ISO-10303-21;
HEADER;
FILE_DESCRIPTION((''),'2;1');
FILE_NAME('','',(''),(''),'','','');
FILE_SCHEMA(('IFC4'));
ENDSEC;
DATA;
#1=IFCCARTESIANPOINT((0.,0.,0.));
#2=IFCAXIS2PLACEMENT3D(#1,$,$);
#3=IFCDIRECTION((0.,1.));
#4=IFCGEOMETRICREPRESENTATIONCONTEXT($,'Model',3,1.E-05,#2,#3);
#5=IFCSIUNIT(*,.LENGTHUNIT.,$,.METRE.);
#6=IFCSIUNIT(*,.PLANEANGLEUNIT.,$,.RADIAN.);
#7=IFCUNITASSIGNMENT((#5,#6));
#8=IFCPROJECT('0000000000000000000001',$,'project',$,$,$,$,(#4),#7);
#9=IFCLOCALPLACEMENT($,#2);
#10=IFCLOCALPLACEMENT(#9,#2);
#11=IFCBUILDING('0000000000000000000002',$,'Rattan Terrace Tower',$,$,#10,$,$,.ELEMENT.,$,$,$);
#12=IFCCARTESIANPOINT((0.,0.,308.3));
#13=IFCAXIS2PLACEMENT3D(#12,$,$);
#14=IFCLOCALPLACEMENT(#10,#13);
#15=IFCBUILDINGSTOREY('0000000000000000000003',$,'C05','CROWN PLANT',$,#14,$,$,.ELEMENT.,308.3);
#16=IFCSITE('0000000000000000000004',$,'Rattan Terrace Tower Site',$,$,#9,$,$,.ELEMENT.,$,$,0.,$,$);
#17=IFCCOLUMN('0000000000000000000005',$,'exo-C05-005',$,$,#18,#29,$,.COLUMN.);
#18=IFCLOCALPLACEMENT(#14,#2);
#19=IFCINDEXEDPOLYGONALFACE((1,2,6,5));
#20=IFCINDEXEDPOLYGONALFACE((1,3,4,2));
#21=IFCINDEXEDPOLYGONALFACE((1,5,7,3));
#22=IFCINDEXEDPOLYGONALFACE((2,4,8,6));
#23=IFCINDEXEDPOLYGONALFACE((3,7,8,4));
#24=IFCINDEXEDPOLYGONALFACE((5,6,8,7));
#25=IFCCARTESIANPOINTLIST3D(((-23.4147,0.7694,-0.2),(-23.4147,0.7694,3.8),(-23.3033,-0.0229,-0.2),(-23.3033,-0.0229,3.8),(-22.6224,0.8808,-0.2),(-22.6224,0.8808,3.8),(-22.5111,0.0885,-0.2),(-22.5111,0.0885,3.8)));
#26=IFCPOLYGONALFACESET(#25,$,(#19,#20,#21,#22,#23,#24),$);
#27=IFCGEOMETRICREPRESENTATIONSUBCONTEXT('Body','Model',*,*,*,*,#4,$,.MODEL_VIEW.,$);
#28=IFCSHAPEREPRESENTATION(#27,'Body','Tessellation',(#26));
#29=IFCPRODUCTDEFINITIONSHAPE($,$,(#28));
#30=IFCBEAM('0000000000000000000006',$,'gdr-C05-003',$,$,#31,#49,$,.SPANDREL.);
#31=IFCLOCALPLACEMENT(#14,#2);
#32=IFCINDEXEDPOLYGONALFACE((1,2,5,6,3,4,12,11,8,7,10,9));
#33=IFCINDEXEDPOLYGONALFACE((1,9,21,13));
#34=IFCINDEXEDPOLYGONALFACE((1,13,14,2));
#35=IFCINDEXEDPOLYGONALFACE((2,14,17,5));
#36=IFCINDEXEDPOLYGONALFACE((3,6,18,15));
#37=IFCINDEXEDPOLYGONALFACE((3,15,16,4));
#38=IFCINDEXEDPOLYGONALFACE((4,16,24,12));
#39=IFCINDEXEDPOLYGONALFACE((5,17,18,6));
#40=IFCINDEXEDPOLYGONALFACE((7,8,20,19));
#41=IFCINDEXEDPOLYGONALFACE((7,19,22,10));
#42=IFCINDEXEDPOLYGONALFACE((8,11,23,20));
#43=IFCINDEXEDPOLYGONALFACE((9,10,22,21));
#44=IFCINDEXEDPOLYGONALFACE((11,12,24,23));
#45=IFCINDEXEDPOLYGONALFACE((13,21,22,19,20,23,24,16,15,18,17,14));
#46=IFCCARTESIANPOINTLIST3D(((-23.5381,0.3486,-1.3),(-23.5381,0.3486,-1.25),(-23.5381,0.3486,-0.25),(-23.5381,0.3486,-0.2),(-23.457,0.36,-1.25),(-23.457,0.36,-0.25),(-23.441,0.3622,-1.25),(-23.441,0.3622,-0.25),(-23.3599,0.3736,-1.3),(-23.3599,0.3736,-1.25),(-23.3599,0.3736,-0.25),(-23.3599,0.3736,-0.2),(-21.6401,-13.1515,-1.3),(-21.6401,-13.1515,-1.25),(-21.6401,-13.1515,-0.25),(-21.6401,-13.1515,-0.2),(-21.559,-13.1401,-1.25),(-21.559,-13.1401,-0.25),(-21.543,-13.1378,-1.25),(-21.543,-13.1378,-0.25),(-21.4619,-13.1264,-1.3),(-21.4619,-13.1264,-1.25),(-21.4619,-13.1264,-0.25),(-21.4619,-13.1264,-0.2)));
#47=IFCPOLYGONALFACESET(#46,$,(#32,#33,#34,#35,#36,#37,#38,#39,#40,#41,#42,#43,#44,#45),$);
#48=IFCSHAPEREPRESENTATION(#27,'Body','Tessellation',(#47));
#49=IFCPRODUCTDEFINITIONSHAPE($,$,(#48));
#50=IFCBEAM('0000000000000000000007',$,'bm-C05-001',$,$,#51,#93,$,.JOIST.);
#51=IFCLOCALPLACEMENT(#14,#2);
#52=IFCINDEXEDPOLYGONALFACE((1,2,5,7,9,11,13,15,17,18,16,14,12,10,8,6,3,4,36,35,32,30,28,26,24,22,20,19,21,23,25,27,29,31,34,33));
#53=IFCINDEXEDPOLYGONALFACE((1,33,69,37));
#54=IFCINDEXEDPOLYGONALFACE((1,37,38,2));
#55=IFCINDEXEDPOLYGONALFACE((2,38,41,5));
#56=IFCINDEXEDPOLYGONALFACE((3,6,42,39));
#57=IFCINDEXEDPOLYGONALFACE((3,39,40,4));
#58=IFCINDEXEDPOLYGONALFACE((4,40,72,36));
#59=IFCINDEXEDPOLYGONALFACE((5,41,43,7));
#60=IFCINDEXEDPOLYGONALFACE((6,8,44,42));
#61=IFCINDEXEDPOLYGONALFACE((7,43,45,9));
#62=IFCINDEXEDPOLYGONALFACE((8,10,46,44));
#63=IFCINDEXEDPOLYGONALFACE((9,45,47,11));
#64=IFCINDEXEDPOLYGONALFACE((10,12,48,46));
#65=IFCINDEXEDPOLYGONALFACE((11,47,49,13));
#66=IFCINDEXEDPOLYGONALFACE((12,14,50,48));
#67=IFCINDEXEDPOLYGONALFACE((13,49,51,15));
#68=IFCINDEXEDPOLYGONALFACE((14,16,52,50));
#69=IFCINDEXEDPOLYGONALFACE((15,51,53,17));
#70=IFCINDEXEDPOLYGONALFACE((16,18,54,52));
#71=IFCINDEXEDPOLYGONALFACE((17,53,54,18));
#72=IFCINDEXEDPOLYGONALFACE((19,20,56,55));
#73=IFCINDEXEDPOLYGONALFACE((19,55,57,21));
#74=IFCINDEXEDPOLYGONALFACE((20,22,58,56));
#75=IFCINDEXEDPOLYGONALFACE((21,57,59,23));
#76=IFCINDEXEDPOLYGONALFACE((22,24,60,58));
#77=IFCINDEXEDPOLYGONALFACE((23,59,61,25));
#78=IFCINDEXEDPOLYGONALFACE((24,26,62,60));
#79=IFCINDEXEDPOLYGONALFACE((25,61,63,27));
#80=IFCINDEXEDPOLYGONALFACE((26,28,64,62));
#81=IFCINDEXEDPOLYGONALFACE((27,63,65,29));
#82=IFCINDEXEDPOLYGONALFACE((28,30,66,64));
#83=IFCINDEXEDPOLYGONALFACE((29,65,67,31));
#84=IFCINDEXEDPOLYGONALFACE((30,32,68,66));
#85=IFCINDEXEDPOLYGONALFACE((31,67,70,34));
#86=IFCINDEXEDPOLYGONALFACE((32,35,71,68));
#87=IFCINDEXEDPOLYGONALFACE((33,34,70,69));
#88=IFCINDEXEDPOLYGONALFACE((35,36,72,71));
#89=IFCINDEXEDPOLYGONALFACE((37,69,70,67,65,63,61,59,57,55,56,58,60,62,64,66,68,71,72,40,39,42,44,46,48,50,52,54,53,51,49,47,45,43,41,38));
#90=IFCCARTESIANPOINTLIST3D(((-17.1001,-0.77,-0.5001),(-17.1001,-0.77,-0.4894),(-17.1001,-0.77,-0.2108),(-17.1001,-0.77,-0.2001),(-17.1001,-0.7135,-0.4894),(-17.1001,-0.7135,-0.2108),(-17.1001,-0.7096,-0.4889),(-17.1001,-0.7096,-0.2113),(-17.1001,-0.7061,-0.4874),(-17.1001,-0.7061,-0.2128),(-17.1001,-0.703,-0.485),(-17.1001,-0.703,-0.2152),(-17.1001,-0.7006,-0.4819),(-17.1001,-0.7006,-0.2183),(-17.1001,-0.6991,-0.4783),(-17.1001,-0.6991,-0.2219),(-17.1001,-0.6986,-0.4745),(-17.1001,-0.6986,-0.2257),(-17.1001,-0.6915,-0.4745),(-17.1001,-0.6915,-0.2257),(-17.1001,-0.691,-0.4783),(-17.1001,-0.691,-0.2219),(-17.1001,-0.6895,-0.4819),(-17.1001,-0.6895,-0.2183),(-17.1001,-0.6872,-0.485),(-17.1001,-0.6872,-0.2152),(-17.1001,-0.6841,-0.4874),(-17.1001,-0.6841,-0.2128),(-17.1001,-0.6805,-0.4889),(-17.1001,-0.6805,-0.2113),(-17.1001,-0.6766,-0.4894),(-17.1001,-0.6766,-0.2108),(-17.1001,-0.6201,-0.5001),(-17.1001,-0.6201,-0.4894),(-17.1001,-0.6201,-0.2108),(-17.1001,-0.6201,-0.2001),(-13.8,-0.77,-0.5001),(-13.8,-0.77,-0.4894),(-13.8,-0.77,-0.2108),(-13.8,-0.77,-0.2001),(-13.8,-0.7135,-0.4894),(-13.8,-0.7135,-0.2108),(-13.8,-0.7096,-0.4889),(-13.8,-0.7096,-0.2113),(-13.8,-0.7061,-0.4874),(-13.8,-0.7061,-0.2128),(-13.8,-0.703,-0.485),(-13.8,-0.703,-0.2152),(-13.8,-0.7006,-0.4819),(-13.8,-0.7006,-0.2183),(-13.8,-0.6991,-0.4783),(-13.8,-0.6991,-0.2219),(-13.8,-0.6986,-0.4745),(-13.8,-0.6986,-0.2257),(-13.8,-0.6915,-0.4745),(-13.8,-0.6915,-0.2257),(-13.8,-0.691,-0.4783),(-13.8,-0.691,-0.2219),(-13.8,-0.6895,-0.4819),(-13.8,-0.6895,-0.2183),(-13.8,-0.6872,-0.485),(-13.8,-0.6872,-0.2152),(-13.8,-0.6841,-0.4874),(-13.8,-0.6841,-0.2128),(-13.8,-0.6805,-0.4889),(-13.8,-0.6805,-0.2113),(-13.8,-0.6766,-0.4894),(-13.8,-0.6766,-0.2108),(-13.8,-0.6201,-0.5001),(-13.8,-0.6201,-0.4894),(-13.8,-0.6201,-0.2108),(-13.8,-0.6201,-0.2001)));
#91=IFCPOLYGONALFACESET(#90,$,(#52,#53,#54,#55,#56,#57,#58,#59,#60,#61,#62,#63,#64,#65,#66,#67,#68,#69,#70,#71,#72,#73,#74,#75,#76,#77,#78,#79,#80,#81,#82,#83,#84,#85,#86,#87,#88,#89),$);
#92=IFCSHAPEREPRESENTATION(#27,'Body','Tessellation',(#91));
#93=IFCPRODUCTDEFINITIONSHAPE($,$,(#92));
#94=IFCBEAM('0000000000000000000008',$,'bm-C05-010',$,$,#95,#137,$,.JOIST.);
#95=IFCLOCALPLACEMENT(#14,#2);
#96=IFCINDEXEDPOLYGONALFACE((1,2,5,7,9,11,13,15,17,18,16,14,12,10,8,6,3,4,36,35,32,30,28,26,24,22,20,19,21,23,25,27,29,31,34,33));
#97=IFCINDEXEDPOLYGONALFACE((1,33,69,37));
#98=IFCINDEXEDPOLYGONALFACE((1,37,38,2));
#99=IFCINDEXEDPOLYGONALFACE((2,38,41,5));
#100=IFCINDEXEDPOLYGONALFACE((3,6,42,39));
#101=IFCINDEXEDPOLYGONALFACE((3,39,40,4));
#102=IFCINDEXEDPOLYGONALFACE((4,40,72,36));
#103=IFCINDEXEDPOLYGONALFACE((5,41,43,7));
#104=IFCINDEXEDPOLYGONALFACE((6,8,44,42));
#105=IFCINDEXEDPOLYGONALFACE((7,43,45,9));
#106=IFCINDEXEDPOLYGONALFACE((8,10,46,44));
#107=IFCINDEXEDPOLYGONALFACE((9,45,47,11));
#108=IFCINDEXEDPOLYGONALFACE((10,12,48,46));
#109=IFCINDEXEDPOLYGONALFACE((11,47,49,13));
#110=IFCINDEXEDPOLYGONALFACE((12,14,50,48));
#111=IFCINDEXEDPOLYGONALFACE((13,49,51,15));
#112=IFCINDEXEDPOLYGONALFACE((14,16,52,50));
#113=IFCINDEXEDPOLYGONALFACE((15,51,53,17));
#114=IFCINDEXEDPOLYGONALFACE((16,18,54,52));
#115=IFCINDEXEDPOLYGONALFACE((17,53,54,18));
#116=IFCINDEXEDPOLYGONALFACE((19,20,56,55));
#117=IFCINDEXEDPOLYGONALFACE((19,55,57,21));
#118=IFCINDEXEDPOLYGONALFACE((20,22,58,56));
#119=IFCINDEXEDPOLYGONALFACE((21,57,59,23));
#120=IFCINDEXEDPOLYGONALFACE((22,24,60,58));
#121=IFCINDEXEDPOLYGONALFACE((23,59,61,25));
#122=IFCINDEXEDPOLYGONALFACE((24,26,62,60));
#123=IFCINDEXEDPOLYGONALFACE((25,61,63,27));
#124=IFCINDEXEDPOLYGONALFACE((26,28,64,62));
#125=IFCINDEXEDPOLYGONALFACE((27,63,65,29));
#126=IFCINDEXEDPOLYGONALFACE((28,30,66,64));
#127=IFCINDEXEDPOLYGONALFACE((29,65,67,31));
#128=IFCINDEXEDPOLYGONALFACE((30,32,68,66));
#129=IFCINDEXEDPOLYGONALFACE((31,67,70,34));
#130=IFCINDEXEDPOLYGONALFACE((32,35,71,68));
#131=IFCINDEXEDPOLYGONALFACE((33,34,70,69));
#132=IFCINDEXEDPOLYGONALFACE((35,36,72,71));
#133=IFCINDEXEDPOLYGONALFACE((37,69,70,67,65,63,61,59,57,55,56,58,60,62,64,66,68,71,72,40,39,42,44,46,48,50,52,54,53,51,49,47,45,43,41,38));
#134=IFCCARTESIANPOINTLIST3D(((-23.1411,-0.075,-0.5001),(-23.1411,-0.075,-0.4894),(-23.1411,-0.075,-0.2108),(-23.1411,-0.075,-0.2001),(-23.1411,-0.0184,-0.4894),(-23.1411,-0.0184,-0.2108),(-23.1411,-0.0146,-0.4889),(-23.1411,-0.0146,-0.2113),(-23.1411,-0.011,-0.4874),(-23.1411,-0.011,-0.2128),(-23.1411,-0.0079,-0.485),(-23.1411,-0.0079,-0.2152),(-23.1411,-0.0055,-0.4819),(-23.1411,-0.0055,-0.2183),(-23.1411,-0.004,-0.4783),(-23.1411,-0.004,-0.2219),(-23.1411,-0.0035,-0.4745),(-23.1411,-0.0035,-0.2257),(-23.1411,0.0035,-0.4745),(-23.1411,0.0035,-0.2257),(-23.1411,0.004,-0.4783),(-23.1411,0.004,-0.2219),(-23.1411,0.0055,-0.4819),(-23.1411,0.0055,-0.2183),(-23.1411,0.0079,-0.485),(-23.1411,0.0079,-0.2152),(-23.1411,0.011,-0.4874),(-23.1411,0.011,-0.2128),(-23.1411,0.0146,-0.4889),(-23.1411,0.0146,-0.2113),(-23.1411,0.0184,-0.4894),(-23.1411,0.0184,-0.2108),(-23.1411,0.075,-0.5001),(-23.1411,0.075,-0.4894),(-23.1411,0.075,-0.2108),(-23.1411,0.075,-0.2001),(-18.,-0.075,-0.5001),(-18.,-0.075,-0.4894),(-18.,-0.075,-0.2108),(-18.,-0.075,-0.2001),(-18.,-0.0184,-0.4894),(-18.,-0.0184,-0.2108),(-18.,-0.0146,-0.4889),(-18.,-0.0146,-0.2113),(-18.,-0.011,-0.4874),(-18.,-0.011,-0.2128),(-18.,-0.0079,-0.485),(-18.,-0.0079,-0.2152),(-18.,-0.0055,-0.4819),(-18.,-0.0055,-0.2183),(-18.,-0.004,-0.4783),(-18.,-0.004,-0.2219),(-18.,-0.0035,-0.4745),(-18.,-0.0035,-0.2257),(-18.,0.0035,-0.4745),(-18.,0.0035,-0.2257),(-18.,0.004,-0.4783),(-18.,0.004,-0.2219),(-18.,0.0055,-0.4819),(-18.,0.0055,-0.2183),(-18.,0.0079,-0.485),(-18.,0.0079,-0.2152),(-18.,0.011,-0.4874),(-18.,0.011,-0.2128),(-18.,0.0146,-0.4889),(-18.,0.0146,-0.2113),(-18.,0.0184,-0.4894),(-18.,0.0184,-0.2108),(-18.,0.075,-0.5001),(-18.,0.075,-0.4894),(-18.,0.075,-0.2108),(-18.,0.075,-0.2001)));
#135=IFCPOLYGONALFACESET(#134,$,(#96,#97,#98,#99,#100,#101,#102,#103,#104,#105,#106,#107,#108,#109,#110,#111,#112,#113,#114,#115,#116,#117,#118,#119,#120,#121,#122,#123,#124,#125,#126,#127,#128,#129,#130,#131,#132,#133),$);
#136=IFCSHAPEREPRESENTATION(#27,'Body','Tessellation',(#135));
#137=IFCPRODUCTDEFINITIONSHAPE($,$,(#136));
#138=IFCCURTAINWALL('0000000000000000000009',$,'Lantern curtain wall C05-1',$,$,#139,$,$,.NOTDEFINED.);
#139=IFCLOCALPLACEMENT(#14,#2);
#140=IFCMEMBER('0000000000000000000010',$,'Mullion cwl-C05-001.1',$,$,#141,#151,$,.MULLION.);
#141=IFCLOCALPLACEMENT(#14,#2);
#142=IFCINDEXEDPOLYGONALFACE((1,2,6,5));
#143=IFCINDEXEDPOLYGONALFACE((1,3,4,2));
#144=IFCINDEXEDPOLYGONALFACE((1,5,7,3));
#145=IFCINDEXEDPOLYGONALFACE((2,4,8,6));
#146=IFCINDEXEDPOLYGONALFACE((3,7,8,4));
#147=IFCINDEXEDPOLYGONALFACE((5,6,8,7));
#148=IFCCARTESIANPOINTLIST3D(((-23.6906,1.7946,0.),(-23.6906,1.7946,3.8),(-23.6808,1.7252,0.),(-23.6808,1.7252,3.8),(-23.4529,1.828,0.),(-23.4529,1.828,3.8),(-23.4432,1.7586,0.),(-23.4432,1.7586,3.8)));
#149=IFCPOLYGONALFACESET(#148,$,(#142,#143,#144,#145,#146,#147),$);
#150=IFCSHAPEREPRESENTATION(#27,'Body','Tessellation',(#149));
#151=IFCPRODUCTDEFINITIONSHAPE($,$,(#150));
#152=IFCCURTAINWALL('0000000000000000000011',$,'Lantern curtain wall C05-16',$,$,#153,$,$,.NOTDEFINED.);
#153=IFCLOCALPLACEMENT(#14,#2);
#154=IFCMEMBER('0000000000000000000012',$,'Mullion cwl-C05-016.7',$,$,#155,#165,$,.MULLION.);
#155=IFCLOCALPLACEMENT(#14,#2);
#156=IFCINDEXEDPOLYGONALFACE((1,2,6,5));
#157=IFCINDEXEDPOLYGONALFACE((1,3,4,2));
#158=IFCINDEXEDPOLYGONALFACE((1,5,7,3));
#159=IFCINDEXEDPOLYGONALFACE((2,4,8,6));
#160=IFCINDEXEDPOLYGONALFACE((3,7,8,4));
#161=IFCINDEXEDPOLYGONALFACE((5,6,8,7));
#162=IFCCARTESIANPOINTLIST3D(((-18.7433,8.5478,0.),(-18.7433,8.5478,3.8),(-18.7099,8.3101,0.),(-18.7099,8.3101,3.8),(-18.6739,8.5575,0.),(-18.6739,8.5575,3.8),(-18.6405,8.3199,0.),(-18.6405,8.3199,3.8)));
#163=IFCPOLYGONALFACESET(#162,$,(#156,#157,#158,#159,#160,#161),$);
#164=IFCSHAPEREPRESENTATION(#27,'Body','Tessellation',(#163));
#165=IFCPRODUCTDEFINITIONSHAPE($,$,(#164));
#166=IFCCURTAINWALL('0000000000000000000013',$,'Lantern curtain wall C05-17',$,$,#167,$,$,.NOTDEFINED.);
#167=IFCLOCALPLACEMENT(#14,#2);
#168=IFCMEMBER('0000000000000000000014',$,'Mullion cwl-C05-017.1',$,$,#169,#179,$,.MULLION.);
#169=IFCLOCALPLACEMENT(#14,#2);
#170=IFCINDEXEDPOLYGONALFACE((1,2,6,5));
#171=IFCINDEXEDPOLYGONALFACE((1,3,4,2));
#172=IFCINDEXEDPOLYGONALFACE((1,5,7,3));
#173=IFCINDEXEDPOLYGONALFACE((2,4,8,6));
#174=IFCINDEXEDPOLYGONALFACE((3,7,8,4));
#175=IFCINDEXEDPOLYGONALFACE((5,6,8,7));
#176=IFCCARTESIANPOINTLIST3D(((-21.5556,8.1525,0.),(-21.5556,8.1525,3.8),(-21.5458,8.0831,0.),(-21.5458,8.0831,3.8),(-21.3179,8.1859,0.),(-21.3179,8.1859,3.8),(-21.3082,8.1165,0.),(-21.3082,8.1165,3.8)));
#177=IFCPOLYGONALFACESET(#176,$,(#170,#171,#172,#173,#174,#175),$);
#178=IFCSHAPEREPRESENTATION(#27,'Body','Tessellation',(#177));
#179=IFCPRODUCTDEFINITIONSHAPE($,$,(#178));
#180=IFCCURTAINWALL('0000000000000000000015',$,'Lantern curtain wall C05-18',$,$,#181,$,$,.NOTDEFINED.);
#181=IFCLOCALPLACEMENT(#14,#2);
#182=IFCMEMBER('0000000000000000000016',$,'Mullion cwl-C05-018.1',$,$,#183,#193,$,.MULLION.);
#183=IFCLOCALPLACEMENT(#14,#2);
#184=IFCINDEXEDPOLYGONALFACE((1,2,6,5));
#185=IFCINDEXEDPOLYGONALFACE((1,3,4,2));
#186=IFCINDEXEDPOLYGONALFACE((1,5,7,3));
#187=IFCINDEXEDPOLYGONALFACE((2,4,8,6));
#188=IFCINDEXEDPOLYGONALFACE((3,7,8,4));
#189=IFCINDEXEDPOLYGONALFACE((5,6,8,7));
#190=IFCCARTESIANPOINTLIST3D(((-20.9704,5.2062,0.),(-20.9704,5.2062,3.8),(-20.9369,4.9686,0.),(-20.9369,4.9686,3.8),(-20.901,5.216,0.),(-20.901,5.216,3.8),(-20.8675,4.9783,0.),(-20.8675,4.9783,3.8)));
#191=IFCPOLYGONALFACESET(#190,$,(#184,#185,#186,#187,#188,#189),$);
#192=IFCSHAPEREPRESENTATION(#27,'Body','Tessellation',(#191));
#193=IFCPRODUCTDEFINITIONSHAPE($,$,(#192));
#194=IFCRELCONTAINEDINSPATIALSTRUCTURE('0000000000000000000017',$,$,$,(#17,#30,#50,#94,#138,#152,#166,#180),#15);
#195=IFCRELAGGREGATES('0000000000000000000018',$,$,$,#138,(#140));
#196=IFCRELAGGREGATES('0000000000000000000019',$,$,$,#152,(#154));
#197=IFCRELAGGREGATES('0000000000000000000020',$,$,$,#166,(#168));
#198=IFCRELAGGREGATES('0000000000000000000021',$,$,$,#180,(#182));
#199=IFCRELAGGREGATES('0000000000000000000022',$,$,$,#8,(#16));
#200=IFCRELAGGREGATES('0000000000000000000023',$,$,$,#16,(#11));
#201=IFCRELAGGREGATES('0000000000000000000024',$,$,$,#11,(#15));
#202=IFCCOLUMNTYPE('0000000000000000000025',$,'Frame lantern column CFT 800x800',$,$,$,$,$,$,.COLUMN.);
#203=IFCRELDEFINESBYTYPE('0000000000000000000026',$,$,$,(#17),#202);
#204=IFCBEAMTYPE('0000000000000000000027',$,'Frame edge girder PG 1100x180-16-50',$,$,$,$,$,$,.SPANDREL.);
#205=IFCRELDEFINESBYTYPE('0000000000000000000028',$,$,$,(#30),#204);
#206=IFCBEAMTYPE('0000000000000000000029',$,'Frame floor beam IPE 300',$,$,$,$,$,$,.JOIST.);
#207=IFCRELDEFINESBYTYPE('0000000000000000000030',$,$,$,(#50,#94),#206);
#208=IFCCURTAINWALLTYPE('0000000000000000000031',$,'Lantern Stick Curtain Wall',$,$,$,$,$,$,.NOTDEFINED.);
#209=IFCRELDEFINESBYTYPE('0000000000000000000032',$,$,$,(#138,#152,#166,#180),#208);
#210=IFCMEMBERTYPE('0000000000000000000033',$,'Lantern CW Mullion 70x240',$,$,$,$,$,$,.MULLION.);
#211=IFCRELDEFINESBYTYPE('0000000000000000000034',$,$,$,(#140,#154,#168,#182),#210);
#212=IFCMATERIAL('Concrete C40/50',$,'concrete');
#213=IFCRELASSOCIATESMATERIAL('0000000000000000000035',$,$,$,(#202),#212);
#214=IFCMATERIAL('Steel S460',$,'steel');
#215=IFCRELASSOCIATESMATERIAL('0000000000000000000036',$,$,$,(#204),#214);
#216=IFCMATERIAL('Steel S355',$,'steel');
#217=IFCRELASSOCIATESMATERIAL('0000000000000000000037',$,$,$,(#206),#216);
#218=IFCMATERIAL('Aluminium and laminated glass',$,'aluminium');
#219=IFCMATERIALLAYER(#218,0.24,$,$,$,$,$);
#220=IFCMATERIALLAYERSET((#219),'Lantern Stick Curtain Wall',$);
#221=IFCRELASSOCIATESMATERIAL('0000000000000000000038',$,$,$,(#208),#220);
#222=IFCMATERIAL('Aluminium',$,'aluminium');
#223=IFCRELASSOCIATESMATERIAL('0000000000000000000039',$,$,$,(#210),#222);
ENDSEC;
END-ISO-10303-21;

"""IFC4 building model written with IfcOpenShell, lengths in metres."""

from ifc_helpers import new_model, si_unit, direction, frame, origin, origin_2d, place, context, subcontext, project, spatial, rectangle, i_section, extrude, material, layer, layer_set, material_profile, profile_set, type_object, element, aggregate, save


model = new_model("IFC4")

# Units and contexts
model_context = context("Model", 3, precision=1e-05, world=origin(), true_north=direction((0.0, 1.0)))
body_context = subcontext(model_context, "Body", "Model", "MODEL_VIEW")
ifc_project = project(units=[si_unit("LENGTHUNIT", "METRE"), si_unit("PLANEANGLEUNIT", "RADIAN")], contexts=[model_context])

# Site, building, storey
site_placement = place(None, origin())
site = spatial("IfcSite", under=ifc_project, at=site_placement, Name="Rattan Terrace Tower Site", CompositionType="ELEMENT", RefElevation=0.0)
building_placement = place(site_placement, origin())
building = spatial("IfcBuilding", under=site, at=building_placement, Name="Rattan Terrace Tower", CompositionType="ELEMENT")
storey_placement = place(building_placement, frame((0.0, 0.0, 308.3)))
storey = spatial("IfcBuildingStorey", under=building, at=storey_placement, Name="C05", Description="CROWN PLANT", CompositionType="ELEMENT", Elevation=308.3)

# Column
ifc_material_1 = material(Name="Concrete C40/50", Category="concrete")
ifc_material_profile_1 = material_profile(ifc_material_1, rectangle(XDim=0.8, YDim=0.8, at=origin_2d()), Name="CFT 800x800")
ifc_profile_set_1 = profile_set([ifc_material_profile_1], Name="Concrete C40/50")
column_type = type_object("IfcColumnType", Name="Frame lantern column CFT 800x800", PredefinedType="COLUMN", material=ifc_profile_set_1)
column_placement = place(storey_placement, frame((-22.9629, 0.429, -0.2), z_axis=(0.0, 0.0, 1.0), x_axis=(-0.13919, 0.990266, 0.0)))
element("IfcColumn", 1, at=column_placement, inside=storey, type_object=column_type, Name="exo-C05-005", PredefinedType="COLUMN", context=body_context, shape_type="SweptSolid", body=[
    extrude(rectangle(XDim=0.8, YDim=0.8, at=origin_2d()), origin(), (0.0, 0.0, 1.0), 4.0),
])

# Beams
ifc_material_2 = material(Name="Steel S460", Category="steel")
ifc_material_profile_2 = material_profile(ifc_material_2, i_section(OverallWidth=0.1799, OverallDepth=1.1001, WebThickness=0.0161, FlangeThickness=0.05, at=origin_2d()), Name="PG 1100x180-16-50")
ifc_profile_set_2 = profile_set([ifc_material_profile_2], Name="Steel S460")
beam_type_1 = type_object("IfcBeamType", Name="Frame edge girder PG 1100x180-16-50", PredefinedType="SPANDREL", material=ifc_profile_set_2)
beam_1_placement = place(storey_placement, frame((-23.449, 0.3611, -0.75), z_axis=(0.13922, -0.990262, 0.0), x_axis=(0.990262, 0.13922, 0.0)))
element("IfcBeam", 2, at=beam_1_placement, inside=storey, type_object=beam_type_1, Name="gdr-C05-003", PredefinedType="SPANDREL", context=body_context, shape_type="SweptSolid", body=[
    extrude(i_section(OverallWidth=0.1799, OverallDepth=1.1001, WebThickness=0.0161, FlangeThickness=0.05, at=origin_2d()), origin(), (0.0, 0.0, 1.0), 13.6328),
])
ifc_material_3 = material(Name="Steel S355", Category="steel")
ifc_material_profile_3 = material_profile(ifc_material_3, i_section(OverallWidth=0.1499, OverallDepth=0.3, WebThickness=0.0071, FlangeThickness=0.0107, FilletRadius=0.0149, at=origin_2d()), Name="IPE 300")
ifc_profile_set_3 = profile_set([ifc_material_profile_3], Name="Steel S355")
beam_type_2 = type_object("IfcBeamType", Name="Frame floor beam IPE 300", PredefinedType="JOIST", material=ifc_profile_set_3)
beam_2_placement = place(storey_placement, frame((-17.1001, -0.6951, -0.3501), z_axis=(1.0, 0.0, 0.0), x_axis=(0.0, 1.0, 0.0)))
element("IfcBeam", 3, at=beam_2_placement, inside=storey, type_object=beam_type_2, Name="bm-C05-001", PredefinedType="JOIST", context=body_context, shape_type="SweptSolid", body=[
    extrude(i_section(OverallWidth=0.1499, OverallDepth=0.3, WebThickness=0.0071, FlangeThickness=0.0107, FilletRadius=0.0149, at=origin_2d()), origin(), (0.0, 0.0, 1.0), 3.3),
])
beam_3_placement = place(storey_placement, frame((-23.1411, 0.0, -0.3501), z_axis=(1.0, 0.0, 0.0), x_axis=(0.0, 1.0, 0.0)))
element("IfcBeam", 4, at=beam_3_placement, inside=storey, type_object=beam_type_2, Name="bm-C05-010", PredefinedType="JOIST", context=body_context, shape_type="SweptSolid", body=[
    extrude(i_section(OverallWidth=0.1499, OverallDepth=0.3, WebThickness=0.0071, FlangeThickness=0.0107, FilletRadius=0.0149, at=origin_2d()), origin(), (0.0, 0.0, 1.0), 5.1411),
])

# Curtain walls, members
ifc_material_4 = material(Name="Aluminium and laminated glass", Category="aluminium")
ifc_layer_1 = layer(ifc_material_4, 0.24)
ifc_layer_set_1 = layer_set([ifc_layer_1], Name="Lantern Stick Curtain Wall")
curtain_wall_type = type_object("IfcCurtainWallType", Name="Lantern Stick Curtain Wall", PredefinedType="NOTDEFINED", material=ifc_layer_set_1)
curtain_wall_1_placement = place(storey_placement, origin())
curtain_wall_1 = element("IfcCurtainWall", 5, at=curtain_wall_1_placement, inside=storey, type_object=curtain_wall_type, Name="Lantern curtain wall C05-1", PredefinedType="NOTDEFINED")
ifc_material_5 = material(Name="Aluminium", Category="aluminium")
ifc_material_profile_4 = material_profile(ifc_material_5, rectangle(XDim=0.0701, YDim=0.24, at=origin_2d()), Name="Aluminium 70x240")
ifc_profile_set_4 = profile_set([ifc_material_profile_4], Name="Aluminium")
member_type_1 = type_object("IfcMemberType", Name="Lantern CW Mullion 70x240", PredefinedType="MULLION", material=ifc_profile_set_4)
member_1_placement = place(storey_placement, frame((-23.5669, 1.7766, 0.0), z_axis=(0.0, 0.0, 1.0), x_axis=(0.139188, -0.990266, 0.0)))
member_1 = element("IfcMember", 6, at=member_1_placement, type_object=member_type_1, Name="Mullion cwl-C05-001.1", PredefinedType="MULLION", context=body_context, shape_type="SweptSolid", body=[
    extrude(rectangle(XDim=0.0701, YDim=0.24, at=origin_2d()), origin(), (0.0, 0.0, 1.0), 3.8),
])
curtain_wall_2_placement = place(storey_placement, origin())
curtain_wall_2 = element("IfcCurtainWall", 7, at=curtain_wall_2_placement, inside=storey, type_object=curtain_wall_type, Name="Lantern curtain wall C05-16", PredefinedType="NOTDEFINED")
member_2_placement = place(storey_placement, frame((-18.6919, 8.4338, 0.0), z_axis=(0.0, 0.0, 1.0), x_axis=(-0.990267, -0.139181, 0.0)))
member_2 = element("IfcMember", 8, at=member_2_placement, type_object=member_type_1, Name="Mullion cwl-C05-016.7", PredefinedType="MULLION", context=body_context, shape_type="SweptSolid", body=[
    extrude(rectangle(XDim=0.0701, YDim=0.24, at=origin_2d()), origin(), (0.0, 0.0, 1.0), 3.8),
])
curtain_wall_3_placement = place(storey_placement, origin())
curtain_wall_3 = element("IfcCurtainWall", 9, at=curtain_wall_3_placement, inside=storey, type_object=curtain_wall_type, Name="Lantern curtain wall C05-17", PredefinedType="NOTDEFINED")
member_3_placement = place(storey_placement, frame((-21.4319, 8.1345, 0.0), z_axis=(0.0, 0.0, 1.0), x_axis=(0.13904, -0.990287, 0.0)))
member_3 = element("IfcMember", 10, at=member_3_placement, type_object=member_type_1, Name="Mullion cwl-C05-017.1", PredefinedType="MULLION", context=body_context, shape_type="SweptSolid", body=[
    extrude(rectangle(XDim=0.0701, YDim=0.24, at=origin_2d()), origin(), (0.0, 0.0, 1.0), 3.8),
])
curtain_wall_4_placement = place(storey_placement, origin())
curtain_wall_4 = element("IfcCurtainWall", 11, at=curtain_wall_4_placement, inside=storey, type_object=curtain_wall_type, Name="Lantern curtain wall C05-18", PredefinedType="NOTDEFINED")
member_4_placement = place(storey_placement, frame((-20.9189, 5.0923, 0.0), z_axis=(0.0, 0.0, 1.0), x_axis=(-0.990228, -0.139459, 0.0)))
member_4 = element("IfcMember", 12, at=member_4_placement, type_object=member_type_1, Name="Mullion cwl-C05-018.1", PredefinedType="MULLION", context=body_context, shape_type="SweptSolid", body=[
    extrude(rectangle(XDim=0.0701, YDim=0.24, at=origin_2d()), origin(), (0.0, 0.0, 1.0), 3.8),
])

aggregate(curtain_wall_1, [member_1])
aggregate(curtain_wall_2, [member_2])
aggregate(curtain_wall_3, [member_3])
aggregate(curtain_wall_4, [member_4])

save(model, "model.ifc")
